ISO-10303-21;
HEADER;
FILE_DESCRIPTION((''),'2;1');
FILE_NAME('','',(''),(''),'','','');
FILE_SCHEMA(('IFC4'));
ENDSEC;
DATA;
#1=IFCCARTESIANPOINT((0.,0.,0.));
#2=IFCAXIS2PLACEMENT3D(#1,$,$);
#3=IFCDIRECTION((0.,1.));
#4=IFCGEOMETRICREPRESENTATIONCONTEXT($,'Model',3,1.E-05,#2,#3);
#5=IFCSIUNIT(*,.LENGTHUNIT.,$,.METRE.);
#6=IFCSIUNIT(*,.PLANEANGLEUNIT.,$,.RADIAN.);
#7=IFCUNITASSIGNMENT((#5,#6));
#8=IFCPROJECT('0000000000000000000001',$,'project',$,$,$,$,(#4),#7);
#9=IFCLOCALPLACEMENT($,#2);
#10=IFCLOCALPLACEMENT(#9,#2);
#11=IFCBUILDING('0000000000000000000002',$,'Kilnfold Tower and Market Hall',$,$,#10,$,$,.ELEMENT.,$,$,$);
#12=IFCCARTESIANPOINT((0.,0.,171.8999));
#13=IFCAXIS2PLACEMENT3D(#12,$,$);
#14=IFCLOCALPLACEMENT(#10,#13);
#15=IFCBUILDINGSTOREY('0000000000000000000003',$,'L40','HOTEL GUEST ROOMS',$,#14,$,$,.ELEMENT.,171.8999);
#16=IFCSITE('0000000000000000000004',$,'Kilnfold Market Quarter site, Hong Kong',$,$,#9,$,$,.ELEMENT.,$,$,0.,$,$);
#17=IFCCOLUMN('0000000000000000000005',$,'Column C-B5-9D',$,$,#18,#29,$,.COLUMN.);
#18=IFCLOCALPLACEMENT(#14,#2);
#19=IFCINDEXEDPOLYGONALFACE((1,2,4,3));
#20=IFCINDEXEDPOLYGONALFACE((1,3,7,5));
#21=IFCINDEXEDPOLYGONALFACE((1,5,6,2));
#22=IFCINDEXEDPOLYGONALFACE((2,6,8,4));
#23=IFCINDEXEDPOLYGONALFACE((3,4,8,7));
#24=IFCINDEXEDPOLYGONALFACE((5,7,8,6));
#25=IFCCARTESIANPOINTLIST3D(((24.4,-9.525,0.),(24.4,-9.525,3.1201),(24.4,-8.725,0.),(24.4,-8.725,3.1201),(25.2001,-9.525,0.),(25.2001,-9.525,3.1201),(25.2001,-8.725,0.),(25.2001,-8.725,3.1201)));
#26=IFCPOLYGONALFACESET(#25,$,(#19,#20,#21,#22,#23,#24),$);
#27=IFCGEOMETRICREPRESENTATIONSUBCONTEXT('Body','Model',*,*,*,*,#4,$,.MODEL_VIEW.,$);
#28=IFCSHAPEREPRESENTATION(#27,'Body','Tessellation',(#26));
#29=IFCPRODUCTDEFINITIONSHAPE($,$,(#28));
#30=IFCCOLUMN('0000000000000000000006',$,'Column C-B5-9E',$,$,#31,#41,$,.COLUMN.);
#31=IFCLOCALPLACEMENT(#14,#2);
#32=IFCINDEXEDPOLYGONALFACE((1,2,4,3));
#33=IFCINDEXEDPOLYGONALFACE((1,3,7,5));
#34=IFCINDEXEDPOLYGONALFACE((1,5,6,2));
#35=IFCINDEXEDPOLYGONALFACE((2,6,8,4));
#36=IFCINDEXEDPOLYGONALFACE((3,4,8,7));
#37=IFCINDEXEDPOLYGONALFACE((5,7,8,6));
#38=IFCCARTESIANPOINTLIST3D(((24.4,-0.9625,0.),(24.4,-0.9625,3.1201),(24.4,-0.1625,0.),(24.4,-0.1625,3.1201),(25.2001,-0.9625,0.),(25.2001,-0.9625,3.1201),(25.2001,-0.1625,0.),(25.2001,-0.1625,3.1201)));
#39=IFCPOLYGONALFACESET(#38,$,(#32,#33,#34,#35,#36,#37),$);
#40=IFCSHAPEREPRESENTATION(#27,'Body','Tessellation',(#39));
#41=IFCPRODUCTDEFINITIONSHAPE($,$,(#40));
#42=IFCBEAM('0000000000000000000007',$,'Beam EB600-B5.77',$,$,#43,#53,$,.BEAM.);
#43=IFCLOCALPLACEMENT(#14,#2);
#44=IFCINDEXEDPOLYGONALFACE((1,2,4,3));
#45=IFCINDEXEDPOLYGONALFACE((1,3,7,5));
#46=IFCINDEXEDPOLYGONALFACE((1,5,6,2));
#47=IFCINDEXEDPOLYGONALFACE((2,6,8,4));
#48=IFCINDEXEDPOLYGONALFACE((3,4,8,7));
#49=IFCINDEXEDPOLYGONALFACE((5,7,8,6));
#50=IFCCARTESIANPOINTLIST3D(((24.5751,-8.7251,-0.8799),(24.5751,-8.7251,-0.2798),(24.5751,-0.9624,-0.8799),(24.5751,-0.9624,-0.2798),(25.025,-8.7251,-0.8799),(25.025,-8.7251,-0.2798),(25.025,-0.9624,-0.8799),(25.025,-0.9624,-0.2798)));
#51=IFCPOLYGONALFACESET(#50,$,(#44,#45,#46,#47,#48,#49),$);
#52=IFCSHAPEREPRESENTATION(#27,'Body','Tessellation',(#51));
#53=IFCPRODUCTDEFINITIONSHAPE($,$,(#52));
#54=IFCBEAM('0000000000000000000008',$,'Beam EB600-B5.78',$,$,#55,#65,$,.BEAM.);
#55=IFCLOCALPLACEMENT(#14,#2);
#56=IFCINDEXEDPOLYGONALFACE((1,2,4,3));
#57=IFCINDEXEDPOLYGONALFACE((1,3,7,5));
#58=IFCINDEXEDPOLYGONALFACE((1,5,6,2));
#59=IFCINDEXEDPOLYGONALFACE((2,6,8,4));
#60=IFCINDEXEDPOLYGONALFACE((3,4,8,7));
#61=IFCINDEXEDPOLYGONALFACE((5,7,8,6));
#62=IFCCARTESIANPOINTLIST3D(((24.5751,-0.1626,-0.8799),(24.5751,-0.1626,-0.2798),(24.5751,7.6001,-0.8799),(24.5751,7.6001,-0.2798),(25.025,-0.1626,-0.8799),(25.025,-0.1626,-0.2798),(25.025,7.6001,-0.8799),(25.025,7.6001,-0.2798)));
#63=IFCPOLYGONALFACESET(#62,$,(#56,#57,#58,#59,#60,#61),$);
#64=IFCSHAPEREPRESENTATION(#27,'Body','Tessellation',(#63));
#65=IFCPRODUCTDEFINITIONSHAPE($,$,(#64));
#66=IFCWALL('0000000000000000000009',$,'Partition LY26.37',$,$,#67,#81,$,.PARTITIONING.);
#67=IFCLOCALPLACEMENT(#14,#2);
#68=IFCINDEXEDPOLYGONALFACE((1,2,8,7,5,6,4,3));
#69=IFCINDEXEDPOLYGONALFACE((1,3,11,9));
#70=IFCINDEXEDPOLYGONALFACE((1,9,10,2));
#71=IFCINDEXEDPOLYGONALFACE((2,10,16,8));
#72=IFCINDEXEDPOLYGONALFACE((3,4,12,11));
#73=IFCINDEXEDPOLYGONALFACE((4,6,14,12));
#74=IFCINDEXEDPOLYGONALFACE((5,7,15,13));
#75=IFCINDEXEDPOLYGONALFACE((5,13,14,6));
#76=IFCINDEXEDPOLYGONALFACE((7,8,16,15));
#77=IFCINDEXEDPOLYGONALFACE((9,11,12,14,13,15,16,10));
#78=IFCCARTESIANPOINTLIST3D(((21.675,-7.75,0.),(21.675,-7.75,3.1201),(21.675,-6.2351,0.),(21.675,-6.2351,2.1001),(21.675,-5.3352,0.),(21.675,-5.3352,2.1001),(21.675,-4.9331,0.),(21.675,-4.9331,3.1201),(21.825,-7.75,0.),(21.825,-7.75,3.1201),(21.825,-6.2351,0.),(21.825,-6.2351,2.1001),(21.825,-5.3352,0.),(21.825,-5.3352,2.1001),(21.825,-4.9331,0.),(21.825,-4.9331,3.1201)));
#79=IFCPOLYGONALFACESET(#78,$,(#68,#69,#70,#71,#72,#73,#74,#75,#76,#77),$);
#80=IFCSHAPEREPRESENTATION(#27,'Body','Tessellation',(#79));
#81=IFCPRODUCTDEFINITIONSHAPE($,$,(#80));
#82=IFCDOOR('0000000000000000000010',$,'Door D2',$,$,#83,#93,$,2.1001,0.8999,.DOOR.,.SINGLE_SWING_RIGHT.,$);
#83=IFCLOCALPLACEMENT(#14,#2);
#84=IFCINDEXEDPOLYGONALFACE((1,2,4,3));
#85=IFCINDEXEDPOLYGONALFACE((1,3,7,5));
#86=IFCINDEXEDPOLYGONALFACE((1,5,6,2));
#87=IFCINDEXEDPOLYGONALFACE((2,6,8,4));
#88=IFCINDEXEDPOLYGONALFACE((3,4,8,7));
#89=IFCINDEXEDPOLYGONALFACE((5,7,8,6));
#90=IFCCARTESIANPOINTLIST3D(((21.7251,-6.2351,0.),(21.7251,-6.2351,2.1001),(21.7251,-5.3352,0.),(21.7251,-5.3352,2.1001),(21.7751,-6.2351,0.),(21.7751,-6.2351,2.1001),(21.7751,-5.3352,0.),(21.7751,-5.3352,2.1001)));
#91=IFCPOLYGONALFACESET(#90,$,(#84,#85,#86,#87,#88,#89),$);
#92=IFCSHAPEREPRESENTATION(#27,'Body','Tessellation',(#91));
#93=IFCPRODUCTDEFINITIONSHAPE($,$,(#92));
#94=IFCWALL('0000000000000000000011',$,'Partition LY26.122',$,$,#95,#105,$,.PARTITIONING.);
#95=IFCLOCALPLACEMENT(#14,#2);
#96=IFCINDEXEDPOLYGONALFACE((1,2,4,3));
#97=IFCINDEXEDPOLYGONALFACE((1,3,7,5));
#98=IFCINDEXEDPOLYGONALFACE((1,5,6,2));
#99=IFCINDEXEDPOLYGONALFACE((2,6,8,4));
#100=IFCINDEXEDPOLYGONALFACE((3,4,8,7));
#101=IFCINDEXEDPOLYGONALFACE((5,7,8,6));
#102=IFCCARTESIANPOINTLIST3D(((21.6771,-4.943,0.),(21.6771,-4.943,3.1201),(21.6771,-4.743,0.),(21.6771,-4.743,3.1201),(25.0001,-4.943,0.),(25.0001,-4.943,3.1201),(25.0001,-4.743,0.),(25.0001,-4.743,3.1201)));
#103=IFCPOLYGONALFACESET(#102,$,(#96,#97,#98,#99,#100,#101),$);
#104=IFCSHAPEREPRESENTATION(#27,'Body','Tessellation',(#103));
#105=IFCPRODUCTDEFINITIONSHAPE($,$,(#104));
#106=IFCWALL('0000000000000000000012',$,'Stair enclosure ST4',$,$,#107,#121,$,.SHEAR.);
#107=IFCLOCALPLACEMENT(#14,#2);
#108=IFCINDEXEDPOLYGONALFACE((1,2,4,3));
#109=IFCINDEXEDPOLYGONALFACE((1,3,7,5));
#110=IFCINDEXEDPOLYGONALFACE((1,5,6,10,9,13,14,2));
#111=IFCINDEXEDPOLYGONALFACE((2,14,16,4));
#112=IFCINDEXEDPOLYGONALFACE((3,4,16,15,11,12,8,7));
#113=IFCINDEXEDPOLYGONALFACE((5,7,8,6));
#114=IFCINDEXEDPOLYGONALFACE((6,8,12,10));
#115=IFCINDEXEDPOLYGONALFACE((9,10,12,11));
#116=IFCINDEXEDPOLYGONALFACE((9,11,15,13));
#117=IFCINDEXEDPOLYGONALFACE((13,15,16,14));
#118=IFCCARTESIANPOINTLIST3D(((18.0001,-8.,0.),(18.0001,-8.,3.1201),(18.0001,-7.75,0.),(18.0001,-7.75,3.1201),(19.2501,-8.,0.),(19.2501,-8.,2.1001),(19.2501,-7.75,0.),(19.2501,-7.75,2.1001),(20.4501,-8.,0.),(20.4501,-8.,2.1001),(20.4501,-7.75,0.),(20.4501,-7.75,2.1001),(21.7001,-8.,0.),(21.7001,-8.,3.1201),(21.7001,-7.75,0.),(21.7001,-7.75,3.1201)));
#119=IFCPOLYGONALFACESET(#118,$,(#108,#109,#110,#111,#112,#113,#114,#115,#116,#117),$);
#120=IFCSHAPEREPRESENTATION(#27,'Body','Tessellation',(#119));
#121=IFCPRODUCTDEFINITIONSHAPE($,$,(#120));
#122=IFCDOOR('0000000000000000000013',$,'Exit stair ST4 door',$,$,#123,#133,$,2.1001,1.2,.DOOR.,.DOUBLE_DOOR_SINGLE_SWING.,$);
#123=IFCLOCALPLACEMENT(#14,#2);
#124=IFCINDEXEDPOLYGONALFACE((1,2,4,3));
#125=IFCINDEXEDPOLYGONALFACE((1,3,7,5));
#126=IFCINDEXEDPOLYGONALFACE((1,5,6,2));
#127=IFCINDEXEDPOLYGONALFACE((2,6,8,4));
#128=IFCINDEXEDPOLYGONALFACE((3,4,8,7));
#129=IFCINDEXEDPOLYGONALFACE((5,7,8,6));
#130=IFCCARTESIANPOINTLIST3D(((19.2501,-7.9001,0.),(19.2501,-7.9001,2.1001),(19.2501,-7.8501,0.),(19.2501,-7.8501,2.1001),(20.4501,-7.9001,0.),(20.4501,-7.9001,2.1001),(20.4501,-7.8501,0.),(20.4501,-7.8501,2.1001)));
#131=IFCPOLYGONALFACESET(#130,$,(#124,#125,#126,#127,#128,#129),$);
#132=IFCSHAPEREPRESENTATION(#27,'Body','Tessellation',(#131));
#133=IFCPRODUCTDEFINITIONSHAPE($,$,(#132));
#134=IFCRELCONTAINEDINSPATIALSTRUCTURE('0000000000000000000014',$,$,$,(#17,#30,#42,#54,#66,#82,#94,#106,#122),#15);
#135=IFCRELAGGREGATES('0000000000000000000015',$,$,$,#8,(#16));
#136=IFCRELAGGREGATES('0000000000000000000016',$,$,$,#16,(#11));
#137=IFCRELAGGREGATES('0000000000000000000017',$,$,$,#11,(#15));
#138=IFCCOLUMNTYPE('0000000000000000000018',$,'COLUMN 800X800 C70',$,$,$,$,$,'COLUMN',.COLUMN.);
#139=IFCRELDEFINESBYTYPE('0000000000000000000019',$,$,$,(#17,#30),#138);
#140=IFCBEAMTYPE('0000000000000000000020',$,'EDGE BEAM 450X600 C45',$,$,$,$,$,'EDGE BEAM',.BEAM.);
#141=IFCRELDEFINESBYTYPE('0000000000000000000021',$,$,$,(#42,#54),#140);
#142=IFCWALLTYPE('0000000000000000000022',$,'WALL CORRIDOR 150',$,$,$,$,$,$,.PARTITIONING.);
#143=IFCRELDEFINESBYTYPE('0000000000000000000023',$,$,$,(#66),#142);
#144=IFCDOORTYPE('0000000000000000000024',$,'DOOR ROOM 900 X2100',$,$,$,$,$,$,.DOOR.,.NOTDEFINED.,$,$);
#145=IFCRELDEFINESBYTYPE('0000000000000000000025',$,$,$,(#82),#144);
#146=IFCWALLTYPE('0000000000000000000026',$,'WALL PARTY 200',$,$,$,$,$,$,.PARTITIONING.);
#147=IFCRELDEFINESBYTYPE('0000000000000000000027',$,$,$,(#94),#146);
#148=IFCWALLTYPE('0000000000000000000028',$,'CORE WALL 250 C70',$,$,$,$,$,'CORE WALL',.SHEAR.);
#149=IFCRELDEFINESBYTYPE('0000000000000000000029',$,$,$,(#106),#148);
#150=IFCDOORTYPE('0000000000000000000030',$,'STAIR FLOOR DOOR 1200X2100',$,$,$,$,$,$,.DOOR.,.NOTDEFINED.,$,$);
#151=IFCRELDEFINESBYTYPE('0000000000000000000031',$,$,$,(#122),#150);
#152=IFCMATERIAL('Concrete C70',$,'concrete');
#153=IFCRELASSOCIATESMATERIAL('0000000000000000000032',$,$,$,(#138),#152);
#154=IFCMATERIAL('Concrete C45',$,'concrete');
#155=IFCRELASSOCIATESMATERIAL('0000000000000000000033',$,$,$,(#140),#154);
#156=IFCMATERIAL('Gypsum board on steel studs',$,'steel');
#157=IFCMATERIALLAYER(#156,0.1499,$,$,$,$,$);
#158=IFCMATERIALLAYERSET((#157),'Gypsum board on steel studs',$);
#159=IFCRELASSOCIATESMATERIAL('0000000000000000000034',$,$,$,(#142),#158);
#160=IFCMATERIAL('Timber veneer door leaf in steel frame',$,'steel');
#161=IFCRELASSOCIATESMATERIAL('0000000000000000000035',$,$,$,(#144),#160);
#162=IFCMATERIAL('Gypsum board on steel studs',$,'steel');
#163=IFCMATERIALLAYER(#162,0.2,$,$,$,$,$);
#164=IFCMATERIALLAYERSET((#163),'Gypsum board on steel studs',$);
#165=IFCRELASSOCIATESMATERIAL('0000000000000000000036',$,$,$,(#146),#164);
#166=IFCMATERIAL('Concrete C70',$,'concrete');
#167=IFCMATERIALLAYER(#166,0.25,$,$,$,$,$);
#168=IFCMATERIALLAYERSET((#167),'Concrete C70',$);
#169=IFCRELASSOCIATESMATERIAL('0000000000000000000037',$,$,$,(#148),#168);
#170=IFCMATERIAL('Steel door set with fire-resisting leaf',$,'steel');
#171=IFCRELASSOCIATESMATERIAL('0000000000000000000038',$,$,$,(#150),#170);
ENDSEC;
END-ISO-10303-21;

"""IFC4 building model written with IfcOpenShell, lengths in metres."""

from ifc_helpers import new_model, si_unit, direction, frame, frame_2d, origin, origin_2d, place, context, subcontext, project, spatial, rectangle, extrude, source, transform, mapped, material, layer, layer_set, material_profile, profile_set, type_object, element, fill, save


model = new_model("IFC4")

# Units and contexts
model_context = context("Model", 3, precision=1e-05, world=origin(), true_north=direction((0.0, 1.0)))
body_context = subcontext(model_context, "Body", "Model", "MODEL_VIEW")
ifc_project = project(units=[si_unit("LENGTHUNIT", "METRE"), si_unit("PLANEANGLEUNIT", "RADIAN")], contexts=[model_context])

# Site, building, storey
site_placement = place(None, origin())
site = spatial("IfcSite", under=ifc_project, at=site_placement, Name="Kilnfold Market Quarter site, Hong Kong", CompositionType="ELEMENT", RefElevation=0.0)
building_placement = place(site_placement, origin())
building = spatial("IfcBuilding", under=site, at=building_placement, Name="Kilnfold Tower and Market Hall", CompositionType="ELEMENT")
storey_placement = place(building_placement, frame((0.0, 0.0, 171.8999)))
storey = spatial("IfcBuildingStorey", under=building, at=storey_placement, Name="L40", Description="HOTEL GUEST ROOMS", CompositionType="ELEMENT", Elevation=171.8999)

# Columns
ifc_material_1 = material(Name="Concrete C70", Category="concrete")
ifc_material_profile_1 = material_profile(ifc_material_1, rectangle(XDim=0.8, YDim=0.8, at=origin_2d()), Name="RC 800x800")
ifc_profile_set_1 = profile_set([ifc_material_profile_1], Name="Concrete C70")
column_type = type_object("IfcColumnType", Name="COLUMN 800X800 C70", ElementType="COLUMN", PredefinedType="COLUMN", material=ifc_profile_set_1)
shared_shape_1 = source(origin(), body_context, "Body", "SweptSolid", [
    extrude(rectangle(XDim=0.8, YDim=0.8, at=origin_2d()), origin(), (0.0, 0.0, 1.0), 3.1201),
])
for number, where, z_axis, x_axis, name in (
    (1, (24.8, -9.125, 0.0), (0.0, 0.0, 1.0), (1.0, 0.0, 0.0), "Column C-B5-9D"),
    (2, (24.8, -0.5625, 0.0), (0.0, 0.0, 1.0), (1.0, 0.0, 0.0), "Column C-B5-9E"),
):
    element("IfcColumn", number, at=place(storey_placement, frame(where, z_axis=z_axis, x_axis=x_axis)), inside=storey, type_object=column_type, Name=name, PredefinedType="COLUMN", context=body_context, shape_type="MappedRepresentation", body=[
        mapped(shared_shape_1, transform((0.0, 0.0, 0.0))),
    ])

# Beams
ifc_material_2 = material(Name="Concrete C45", Category="concrete")
ifc_material_profile_2 = material_profile(ifc_material_2, rectangle(XDim=0.45, YDim=0.6001, at=origin_2d()), Name="RC 450x600")
ifc_profile_set_2 = profile_set([ifc_material_profile_2], Name="Concrete C45")
beam_type = type_object("IfcBeamType", Name="EDGE BEAM 450X600 C45", ElementType="EDGE BEAM", PredefinedType="BEAM", material=ifc_profile_set_2)
shared_shape_2 = source(origin(), body_context, "Body", "SweptSolid", [
    extrude(rectangle(XDim=0.45, YDim=0.6001, at=origin_2d()), origin(), (0.0, 0.0, 1.0), 7.7627),
])
for number, where, z_axis, x_axis, name in (
    (3, (24.8, -8.7251, -0.5798), (0.0, 1.0, 0.0), (-1.0, 0.0, 0.0), "Beam EB600-B5.77"),
    (4, (24.8, -0.1626, -0.5798), (0.0, 1.0, 0.0), (-1.0, 0.0, 0.0), "Beam EB600-B5.78"),
):
    element("IfcBeam", number, at=place(storey_placement, frame(where, z_axis=z_axis, x_axis=x_axis)), inside=storey, type_object=beam_type, Name=name, PredefinedType="BEAM", context=body_context, shape_type="MappedRepresentation", body=[
        mapped(shared_shape_2, transform((0.0, 0.0, 0.0))),
    ])

# Wall, opening, door
ifc_material_3 = material(Name="Gypsum board on steel studs", Category="steel")
ifc_layer_1 = layer(ifc_material_3, 0.1499)
ifc_layer_set_1 = layer_set([ifc_layer_1], Name="Gypsum board on steel studs")
wall_type_1 = type_object("IfcWallType", Name="WALL CORRIDOR 150", PredefinedType="PARTITIONING", material=ifc_layer_set_1)
wall_1_placement = place(storey_placement, frame((21.75, -7.75, 0.0), z_axis=(0.0, 0.0, 1.0), x_axis=(0.0, 1.0, 0.0)))
wall_1 = element("IfcWall", 5, at=wall_1_placement, inside=storey, type_object=wall_type_1, Name="Partition LY26.37", PredefinedType="PARTITIONING", context=body_context, shape_type="SweptSolid", body=[
    extrude(rectangle(XDim=2.8169, YDim=0.1499, at=frame_2d((1.4084, 0.0))), origin(), (0.0, 0.0, 1.0), 3.1201),
])
opening_1_placement = place(wall_1_placement, frame((1.5149, 0.0, 0.0)))
opening_1 = element("IfcOpeningElement", 6, at=opening_1_placement, cuts=wall_1, PredefinedType="OPENING", context=body_context, shape_type="SweptSolid", body=[
    extrude(rectangle(XDim=0.8999, YDim=2.1001, at=frame_2d((0.45, 1.05))), frame((0.0, 0.085, 0.0), z_axis=(0.0, -1.0, 0.0), x_axis=(1.0, 0.0, 0.0)), (0.0, 0.0, 1.0), 0.1699),
])
ifc_material_4 = material(Name="Timber veneer door leaf in steel frame", Category="steel")
door_type_1 = type_object("IfcDoorType", Name="DOOR ROOM 900 X2100", OperationType="NOTDEFINED", PredefinedType="DOOR", material=ifc_material_4)
door_1_placement = place(opening_1_placement, origin())
door_1 = element("IfcDoor", 7, at=door_1_placement, inside=storey, type_object=door_type_1, Name="Door D2", OperationType="SINGLE_SWING_RIGHT", OverallHeight=2.1001, OverallWidth=0.8999, PredefinedType="DOOR", context=body_context, shape_type="SweptSolid", body=[
    extrude(rectangle(XDim=0.8999, YDim=2.1001, at=frame_2d((0.45, 1.05))), frame((0.0, 0.0249, 0.0), z_axis=(0.0, -1.0, 0.0), x_axis=(1.0, 0.0, 0.0)), (0.0, 0.0, 1.0), 0.05),
])
fill(opening_1, door_1)

# Wall
ifc_material_5 = material(Name="Gypsum board on steel studs", Category="steel")
ifc_layer_2 = layer(ifc_material_5, 0.2)
ifc_layer_set_2 = layer_set([ifc_layer_2], Name="Gypsum board on steel studs")
wall_type_2 = type_object("IfcWallType", Name="WALL PARTY 200", PredefinedType="PARTITIONING", material=ifc_layer_set_2)
wall_2_placement = place(storey_placement, frame((21.677, -4.843, 0.0), z_axis=(0.0, 0.0, 1.0), x_axis=(1.0, 0.0, 0.0)))
element("IfcWall", 8, at=wall_2_placement, inside=storey, type_object=wall_type_2, Name="Partition LY26.122", PredefinedType="PARTITIONING", context=body_context, shape_type="SweptSolid", body=[
    extrude(rectangle(XDim=3.323, YDim=0.2, at=frame_2d((1.6616, 0.0))), origin(), (0.0, 0.0, 1.0), 3.1201),
])

# Wall, opening, door
ifc_material_6 = material(Name="Concrete C70", Category="concrete")
ifc_layer_3 = layer(ifc_material_6, 0.25)
ifc_layer_set_3 = layer_set([ifc_layer_3], Name="Concrete C70")
wall_type_3 = type_object("IfcWallType", Name="CORE WALL 250 C70", ElementType="CORE WALL", PredefinedType="SHEAR", material=ifc_layer_set_3)
shared_shape_3 = source(origin(), body_context, "Body", "SweptSolid", [
    extrude(rectangle(XDim=3.7, YDim=0.25, at=frame_2d((1.8501, 0.0))), origin(), (0.0, 0.0, 1.0), 3.1201),
])
wall_3_placement = place(storey_placement, frame((18.0, -7.875, 0.0), z_axis=(0.0, 0.0, 1.0), x_axis=(1.0, 0.0, 0.0)))
wall_3 = element("IfcWall", 9, at=wall_3_placement, inside=storey, type_object=wall_type_3, Name="Stair enclosure ST4", PredefinedType="SHEAR", context=body_context, shape_type="MappedRepresentation", body=[
    mapped(shared_shape_3, transform((0.0, 0.0, 0.0))),
])
opening_2_placement = place(wall_3_placement, frame((1.25, 0.0, 0.0)))
opening_2 = element("IfcOpeningElement", 10, at=opening_2_placement, cuts=wall_3, PredefinedType="OPENING", context=body_context, shape_type="SweptSolid", body=[
    extrude(rectangle(XDim=1.2, YDim=2.1001, at=frame_2d((0.6001, 1.05))), frame((0.0, 0.135, 0.0), z_axis=(0.0, -1.0, 0.0), x_axis=(1.0, 0.0, 0.0)), (0.0, 0.0, 1.0), 0.27),
])
ifc_material_7 = material(Name="Steel door set with fire-resisting leaf", Category="steel")
door_type_2 = type_object("IfcDoorType", Name="STAIR FLOOR DOOR 1200X2100", OperationType="NOTDEFINED", PredefinedType="DOOR", material=ifc_material_7)
door_2_placement = place(opening_2_placement, origin())
door_2 = element("IfcDoor", 11, at=door_2_placement, inside=storey, type_object=door_type_2, Name="Exit stair ST4 door", OperationType="DOUBLE_DOOR_SINGLE_SWING", OverallHeight=2.1001, OverallWidth=1.2, PredefinedType="DOOR", context=body_context, shape_type="SweptSolid", body=[
    extrude(rectangle(XDim=1.2, YDim=2.1001, at=frame_2d((0.6001, 1.05))), frame((0.0, 0.0249, 0.0), z_axis=(0.0, -1.0, 0.0), x_axis=(1.0, 0.0, 0.0)), (0.0, 0.0, 1.0), 0.05),
])
fill(opening_2, door_2)

save(model, "model.ifc")
